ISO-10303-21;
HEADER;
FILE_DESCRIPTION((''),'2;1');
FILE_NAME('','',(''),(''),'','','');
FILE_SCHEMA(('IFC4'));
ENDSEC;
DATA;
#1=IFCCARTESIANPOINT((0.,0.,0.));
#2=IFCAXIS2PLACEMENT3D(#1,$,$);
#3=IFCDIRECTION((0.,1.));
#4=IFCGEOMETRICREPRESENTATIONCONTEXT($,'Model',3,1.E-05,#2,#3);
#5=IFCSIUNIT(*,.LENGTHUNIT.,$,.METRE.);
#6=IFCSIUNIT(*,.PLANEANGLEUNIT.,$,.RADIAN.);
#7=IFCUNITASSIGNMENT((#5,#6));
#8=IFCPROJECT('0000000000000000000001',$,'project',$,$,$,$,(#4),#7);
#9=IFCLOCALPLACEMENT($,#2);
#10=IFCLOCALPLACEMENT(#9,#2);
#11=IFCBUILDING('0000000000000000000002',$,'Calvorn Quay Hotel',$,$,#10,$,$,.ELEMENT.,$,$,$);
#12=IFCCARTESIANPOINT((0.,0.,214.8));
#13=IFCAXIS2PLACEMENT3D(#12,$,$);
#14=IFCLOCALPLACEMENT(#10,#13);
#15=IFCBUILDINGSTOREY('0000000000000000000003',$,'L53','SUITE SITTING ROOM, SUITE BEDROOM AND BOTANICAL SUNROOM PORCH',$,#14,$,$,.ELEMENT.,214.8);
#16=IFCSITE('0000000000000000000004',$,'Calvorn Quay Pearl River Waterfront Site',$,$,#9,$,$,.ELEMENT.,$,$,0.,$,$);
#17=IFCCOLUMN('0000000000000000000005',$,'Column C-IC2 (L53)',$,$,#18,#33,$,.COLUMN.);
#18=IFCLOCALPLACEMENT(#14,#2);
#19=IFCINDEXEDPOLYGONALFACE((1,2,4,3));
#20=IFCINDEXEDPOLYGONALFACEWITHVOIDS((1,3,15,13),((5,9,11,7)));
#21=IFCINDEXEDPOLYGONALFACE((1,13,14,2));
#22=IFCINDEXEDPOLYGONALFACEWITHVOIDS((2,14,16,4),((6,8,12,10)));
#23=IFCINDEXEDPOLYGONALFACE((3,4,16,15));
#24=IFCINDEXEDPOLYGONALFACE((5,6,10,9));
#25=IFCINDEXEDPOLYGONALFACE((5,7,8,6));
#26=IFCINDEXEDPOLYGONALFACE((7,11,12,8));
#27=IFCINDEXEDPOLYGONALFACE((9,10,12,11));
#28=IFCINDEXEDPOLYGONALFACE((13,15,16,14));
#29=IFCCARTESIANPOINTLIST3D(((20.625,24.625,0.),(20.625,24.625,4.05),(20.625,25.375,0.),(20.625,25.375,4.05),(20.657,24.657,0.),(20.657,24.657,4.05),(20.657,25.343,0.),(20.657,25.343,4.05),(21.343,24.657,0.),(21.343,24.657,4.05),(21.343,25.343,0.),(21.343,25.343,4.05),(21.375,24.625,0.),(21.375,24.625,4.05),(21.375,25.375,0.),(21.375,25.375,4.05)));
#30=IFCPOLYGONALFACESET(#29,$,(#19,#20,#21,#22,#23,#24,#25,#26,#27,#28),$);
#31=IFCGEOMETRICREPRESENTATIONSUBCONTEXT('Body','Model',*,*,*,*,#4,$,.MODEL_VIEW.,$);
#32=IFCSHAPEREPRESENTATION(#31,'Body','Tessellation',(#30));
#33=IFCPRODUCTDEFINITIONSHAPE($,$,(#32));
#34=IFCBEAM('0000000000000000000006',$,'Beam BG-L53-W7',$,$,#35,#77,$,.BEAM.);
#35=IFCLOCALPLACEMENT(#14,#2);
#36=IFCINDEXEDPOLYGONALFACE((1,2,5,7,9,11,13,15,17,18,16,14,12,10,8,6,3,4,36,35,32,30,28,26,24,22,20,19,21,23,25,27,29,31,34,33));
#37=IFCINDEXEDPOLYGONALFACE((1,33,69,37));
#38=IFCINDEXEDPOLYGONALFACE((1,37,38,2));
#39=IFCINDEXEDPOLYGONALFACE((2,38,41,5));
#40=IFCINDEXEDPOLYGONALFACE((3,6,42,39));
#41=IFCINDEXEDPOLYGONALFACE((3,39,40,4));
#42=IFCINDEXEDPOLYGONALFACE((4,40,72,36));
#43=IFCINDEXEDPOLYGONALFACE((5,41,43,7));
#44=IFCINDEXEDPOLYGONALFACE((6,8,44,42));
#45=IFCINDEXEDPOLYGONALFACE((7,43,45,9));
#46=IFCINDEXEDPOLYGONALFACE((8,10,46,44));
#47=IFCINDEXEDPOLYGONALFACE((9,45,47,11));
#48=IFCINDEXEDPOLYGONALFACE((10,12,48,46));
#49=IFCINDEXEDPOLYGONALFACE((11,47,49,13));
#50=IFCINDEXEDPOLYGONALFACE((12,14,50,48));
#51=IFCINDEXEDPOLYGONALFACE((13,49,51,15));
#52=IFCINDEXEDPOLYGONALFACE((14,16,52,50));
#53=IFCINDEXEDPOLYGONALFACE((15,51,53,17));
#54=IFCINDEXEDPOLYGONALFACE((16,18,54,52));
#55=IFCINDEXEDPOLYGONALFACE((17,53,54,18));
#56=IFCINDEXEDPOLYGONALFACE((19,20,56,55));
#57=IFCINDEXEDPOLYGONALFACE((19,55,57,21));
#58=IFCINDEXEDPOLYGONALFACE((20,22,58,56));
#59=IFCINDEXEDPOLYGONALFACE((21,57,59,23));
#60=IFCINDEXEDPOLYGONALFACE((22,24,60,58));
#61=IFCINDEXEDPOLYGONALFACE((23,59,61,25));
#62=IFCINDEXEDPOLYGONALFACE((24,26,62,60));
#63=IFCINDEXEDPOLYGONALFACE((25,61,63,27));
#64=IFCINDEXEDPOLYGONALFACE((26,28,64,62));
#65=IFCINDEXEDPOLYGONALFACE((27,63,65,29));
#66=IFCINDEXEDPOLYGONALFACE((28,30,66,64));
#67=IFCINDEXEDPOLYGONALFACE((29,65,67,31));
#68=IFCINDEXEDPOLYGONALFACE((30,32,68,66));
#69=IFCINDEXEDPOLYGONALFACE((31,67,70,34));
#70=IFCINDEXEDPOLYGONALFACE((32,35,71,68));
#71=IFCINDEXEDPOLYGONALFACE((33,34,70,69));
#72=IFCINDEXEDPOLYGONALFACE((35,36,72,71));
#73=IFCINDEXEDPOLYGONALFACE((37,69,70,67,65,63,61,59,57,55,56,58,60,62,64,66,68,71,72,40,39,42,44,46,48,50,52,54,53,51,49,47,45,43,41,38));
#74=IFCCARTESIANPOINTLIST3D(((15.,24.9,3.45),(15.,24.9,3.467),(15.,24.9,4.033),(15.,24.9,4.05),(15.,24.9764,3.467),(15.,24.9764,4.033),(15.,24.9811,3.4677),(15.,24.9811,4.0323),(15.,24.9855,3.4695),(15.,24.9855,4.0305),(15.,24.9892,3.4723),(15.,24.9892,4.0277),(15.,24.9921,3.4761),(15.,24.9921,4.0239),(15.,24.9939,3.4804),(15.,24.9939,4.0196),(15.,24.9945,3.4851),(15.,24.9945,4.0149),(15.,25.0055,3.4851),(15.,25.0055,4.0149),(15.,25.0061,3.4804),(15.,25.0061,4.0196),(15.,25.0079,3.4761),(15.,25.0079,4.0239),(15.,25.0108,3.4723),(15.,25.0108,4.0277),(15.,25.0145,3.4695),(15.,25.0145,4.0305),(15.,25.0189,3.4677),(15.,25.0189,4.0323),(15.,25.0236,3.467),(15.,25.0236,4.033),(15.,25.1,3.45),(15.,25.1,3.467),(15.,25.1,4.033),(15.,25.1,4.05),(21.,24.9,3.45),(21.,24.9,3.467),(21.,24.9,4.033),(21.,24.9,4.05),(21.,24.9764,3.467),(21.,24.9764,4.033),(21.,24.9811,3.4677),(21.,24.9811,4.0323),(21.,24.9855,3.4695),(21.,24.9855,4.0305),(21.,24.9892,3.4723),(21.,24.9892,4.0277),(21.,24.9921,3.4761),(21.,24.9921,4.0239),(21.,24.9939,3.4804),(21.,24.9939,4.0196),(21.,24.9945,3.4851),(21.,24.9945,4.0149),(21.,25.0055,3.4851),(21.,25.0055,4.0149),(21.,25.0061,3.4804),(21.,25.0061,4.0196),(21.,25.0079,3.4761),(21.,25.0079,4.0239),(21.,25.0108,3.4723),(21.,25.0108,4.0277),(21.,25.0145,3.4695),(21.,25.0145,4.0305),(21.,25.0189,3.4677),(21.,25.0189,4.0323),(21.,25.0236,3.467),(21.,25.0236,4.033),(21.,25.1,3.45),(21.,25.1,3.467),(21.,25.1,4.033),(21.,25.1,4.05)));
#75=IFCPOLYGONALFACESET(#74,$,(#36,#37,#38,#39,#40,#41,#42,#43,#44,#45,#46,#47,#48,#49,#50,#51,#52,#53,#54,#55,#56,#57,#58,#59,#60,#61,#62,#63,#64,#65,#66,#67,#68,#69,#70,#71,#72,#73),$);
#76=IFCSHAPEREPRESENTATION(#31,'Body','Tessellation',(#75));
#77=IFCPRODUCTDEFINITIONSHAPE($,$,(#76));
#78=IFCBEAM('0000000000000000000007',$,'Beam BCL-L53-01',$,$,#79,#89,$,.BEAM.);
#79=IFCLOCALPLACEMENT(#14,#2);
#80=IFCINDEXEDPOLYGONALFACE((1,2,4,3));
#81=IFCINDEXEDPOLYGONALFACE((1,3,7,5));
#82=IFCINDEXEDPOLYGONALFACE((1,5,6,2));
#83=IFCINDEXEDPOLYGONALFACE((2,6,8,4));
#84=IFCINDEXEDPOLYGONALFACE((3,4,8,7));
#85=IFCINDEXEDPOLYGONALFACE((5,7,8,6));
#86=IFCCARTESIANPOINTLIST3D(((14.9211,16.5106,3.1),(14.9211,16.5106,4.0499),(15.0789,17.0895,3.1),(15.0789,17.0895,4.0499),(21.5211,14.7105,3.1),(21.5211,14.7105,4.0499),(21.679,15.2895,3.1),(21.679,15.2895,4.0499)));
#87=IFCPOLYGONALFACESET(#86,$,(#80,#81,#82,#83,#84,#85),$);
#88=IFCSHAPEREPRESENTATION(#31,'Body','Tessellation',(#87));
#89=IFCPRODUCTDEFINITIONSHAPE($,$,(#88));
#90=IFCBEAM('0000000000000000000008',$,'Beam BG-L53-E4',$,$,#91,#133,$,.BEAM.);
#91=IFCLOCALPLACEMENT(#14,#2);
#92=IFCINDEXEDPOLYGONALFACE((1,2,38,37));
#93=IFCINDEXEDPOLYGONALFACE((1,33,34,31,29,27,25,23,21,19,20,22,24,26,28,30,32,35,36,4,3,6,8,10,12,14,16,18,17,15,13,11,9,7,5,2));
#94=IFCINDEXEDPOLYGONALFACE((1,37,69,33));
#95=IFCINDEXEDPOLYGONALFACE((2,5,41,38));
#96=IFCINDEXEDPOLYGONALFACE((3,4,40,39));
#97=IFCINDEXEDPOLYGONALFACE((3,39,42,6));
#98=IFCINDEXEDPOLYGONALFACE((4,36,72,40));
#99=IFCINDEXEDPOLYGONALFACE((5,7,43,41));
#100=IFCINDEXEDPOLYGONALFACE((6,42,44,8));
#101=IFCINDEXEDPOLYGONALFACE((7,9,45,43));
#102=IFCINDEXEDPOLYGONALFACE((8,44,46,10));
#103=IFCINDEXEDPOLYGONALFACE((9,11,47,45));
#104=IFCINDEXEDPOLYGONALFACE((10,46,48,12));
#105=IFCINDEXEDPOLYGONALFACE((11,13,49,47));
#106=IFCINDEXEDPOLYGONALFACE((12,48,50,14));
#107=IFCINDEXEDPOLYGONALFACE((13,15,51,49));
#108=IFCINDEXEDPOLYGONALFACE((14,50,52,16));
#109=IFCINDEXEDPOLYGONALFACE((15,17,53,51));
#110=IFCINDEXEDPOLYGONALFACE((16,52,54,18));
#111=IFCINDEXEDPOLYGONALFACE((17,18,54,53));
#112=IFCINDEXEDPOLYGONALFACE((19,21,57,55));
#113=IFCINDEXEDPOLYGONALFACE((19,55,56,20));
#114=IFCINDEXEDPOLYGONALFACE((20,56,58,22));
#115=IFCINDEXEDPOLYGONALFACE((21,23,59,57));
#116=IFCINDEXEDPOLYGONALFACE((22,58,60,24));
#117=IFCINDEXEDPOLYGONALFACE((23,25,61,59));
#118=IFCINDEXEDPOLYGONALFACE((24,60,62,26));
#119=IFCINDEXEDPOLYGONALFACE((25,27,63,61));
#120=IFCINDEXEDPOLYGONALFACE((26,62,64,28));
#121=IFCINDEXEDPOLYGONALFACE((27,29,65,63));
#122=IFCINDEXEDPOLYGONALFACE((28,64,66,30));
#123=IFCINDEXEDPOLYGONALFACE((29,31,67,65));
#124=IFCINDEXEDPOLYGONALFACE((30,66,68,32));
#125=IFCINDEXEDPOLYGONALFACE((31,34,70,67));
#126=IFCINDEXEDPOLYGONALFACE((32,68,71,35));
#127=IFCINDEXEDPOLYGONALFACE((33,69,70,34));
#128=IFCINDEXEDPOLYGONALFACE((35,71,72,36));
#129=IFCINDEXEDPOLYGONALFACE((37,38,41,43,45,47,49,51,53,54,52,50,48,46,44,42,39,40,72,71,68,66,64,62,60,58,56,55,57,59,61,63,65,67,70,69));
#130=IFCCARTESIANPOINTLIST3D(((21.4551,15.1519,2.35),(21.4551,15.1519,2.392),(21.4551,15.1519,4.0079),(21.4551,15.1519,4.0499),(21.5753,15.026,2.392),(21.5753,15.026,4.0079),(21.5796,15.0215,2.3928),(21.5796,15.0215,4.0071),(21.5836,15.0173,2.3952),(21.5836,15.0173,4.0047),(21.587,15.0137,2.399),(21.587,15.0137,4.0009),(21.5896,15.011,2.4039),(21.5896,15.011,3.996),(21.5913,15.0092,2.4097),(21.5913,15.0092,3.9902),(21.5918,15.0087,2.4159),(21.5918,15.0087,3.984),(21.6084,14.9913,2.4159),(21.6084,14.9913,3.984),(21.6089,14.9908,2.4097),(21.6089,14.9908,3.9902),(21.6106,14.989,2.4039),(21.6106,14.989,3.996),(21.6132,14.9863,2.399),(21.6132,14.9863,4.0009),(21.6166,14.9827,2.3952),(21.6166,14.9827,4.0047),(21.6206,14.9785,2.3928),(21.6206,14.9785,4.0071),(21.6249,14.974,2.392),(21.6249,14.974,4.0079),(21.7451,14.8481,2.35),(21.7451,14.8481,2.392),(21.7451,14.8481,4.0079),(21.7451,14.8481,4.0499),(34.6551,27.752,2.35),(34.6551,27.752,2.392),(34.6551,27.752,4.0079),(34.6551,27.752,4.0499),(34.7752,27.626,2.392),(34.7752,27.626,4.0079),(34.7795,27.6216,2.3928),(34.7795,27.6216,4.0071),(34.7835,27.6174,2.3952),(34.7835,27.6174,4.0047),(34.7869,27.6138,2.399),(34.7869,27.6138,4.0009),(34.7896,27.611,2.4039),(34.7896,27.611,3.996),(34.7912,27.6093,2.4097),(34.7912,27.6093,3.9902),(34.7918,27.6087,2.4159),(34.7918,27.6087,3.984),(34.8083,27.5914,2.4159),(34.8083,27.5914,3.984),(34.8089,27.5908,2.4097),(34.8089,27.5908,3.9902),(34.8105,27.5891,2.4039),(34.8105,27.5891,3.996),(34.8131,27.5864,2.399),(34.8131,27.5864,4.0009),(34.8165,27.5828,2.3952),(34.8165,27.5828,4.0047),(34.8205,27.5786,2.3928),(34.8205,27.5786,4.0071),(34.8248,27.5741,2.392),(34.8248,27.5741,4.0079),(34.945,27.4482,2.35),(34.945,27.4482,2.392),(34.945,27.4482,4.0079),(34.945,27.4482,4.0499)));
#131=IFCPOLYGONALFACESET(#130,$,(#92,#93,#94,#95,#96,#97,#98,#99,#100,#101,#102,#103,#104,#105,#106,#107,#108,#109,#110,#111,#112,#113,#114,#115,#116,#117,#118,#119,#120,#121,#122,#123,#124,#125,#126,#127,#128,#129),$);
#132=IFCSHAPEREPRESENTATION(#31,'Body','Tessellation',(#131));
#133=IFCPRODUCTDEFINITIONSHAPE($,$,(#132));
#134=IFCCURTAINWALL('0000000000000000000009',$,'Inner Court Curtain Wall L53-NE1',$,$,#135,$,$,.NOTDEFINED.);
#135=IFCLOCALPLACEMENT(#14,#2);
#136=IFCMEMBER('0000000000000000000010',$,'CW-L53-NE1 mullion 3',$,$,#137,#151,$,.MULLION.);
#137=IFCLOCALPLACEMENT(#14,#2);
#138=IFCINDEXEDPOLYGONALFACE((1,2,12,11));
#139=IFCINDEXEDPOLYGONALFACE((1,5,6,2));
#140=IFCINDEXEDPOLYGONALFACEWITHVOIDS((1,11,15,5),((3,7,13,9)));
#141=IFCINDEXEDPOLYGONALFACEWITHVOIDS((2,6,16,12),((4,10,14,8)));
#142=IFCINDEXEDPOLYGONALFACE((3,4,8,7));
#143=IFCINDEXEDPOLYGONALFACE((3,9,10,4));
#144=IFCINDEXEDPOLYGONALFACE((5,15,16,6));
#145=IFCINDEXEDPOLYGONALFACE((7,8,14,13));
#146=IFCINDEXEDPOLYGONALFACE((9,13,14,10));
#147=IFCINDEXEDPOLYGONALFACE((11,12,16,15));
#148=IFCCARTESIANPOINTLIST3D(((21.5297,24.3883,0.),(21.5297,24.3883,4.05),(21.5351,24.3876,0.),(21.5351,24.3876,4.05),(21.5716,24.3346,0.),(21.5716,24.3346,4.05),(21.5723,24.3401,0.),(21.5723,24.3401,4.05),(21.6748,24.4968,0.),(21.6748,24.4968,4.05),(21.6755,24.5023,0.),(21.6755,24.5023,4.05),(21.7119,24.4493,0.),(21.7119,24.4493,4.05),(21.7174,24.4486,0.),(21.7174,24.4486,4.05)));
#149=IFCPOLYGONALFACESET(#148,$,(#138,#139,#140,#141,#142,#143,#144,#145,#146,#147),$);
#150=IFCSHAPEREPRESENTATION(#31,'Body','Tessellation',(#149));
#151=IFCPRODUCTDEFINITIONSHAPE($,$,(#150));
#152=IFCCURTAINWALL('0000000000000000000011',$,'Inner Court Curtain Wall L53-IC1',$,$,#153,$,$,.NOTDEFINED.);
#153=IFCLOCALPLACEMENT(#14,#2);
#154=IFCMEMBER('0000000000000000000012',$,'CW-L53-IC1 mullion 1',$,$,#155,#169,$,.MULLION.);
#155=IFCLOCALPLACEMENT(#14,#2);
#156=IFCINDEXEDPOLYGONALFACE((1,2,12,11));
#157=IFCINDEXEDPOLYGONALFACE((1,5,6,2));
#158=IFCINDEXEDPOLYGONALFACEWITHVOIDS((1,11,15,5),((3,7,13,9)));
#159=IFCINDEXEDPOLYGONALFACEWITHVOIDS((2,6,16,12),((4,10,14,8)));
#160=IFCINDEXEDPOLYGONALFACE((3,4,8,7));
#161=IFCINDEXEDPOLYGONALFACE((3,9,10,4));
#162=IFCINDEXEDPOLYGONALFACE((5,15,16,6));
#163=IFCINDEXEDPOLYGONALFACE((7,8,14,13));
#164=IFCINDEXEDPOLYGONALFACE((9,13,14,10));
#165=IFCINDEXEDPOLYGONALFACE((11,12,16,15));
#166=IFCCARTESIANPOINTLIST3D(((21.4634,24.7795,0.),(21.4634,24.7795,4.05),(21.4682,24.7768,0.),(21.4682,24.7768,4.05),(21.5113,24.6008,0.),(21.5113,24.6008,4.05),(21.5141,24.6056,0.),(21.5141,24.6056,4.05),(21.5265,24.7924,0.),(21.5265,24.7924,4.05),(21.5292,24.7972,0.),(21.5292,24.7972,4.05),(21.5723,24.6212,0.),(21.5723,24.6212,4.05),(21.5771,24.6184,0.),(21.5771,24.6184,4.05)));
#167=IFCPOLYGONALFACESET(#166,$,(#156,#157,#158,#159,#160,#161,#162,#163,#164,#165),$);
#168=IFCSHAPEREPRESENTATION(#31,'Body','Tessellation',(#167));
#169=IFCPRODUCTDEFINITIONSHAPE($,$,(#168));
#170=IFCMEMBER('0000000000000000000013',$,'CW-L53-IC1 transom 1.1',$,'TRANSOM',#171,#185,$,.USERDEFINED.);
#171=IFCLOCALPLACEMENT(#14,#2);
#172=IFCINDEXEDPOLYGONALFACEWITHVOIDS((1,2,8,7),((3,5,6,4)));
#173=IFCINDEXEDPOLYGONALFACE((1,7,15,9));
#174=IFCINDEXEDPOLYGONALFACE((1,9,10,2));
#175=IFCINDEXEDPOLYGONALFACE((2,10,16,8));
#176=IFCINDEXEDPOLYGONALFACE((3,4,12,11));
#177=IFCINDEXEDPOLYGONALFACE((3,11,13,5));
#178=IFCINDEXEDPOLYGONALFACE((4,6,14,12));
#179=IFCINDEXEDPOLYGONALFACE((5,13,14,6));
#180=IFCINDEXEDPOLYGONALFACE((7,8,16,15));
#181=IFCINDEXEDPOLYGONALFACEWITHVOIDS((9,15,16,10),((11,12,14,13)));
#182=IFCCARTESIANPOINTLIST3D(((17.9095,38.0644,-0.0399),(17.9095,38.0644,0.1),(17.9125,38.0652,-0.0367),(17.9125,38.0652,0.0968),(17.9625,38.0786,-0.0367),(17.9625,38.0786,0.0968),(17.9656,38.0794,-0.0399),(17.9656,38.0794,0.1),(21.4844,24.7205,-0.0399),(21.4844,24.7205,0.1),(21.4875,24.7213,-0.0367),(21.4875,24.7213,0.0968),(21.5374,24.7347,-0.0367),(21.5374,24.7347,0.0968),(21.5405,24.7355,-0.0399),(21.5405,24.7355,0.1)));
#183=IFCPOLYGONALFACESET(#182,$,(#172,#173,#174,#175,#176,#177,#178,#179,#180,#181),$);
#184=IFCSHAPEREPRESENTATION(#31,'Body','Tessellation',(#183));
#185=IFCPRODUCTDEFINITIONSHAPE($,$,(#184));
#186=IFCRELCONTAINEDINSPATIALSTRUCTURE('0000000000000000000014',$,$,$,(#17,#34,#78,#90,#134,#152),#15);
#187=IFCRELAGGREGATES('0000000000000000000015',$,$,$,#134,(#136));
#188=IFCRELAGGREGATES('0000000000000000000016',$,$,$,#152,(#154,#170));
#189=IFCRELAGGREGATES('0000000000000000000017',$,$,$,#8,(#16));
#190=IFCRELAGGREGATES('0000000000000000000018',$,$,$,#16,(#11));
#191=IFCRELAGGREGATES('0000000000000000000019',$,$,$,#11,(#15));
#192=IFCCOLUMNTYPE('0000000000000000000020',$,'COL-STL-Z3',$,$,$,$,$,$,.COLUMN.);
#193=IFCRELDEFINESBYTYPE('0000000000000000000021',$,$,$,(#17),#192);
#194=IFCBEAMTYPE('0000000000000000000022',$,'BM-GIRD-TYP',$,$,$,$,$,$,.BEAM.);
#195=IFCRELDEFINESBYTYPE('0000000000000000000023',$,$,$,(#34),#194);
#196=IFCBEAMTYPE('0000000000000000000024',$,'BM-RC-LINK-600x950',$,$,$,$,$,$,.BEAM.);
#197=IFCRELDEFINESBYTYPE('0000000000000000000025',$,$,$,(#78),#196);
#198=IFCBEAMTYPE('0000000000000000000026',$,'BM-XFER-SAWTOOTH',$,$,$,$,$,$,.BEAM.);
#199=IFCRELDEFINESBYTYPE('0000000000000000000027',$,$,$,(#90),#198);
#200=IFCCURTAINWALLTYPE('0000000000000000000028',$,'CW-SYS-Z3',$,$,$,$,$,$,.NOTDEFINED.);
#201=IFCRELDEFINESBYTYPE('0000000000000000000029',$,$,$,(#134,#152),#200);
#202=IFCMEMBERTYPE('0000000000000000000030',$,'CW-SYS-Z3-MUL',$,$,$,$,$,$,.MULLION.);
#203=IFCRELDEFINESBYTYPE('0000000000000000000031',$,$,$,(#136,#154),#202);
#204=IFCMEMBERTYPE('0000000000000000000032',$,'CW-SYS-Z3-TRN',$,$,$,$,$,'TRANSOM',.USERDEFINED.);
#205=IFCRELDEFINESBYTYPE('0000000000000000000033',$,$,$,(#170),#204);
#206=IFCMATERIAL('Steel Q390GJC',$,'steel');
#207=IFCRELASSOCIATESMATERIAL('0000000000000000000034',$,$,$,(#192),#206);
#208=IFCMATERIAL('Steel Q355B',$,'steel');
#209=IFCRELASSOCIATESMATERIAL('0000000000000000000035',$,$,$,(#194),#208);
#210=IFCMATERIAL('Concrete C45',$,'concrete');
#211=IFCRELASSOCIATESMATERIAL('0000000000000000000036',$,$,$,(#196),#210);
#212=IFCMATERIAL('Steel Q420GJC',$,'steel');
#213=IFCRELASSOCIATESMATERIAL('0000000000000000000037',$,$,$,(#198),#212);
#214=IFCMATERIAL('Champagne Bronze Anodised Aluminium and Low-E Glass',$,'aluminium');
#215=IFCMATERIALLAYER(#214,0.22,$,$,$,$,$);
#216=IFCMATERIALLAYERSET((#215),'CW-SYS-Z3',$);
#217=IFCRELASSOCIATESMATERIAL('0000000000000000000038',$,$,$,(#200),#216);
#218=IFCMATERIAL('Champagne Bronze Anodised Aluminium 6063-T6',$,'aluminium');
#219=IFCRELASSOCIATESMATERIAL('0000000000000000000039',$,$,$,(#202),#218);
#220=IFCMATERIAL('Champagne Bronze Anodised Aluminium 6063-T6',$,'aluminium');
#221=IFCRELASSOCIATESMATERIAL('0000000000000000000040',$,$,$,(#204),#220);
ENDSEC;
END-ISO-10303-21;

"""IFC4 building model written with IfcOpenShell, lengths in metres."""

from ifc_helpers import new_model, si_unit, direction, frame, origin, origin_2d, place, context, subcontext, project, spatial, rectangle, hollow_rectangle, i_section, extrude, material, layer, layer_set, material_profile, profile_set, type_object, element, aggregate, save


model = new_model("IFC4")

# Units and contexts
model_context = context("Model", 3, precision=1e-05, world=origin(), true_north=direction((0.0, 1.0)))
body_context = subcontext(model_context, "Body", "Model", "MODEL_VIEW")
ifc_project = project(units=[si_unit("LENGTHUNIT", "METRE"), si_unit("PLANEANGLEUNIT", "RADIAN")], contexts=[model_context])

# Site, building, storey
site_placement = place(None, origin())
site = spatial("IfcSite", under=ifc_project, at=site_placement, Name="Calvorn Quay Pearl River Waterfront Site", CompositionType="ELEMENT", RefElevation=0.0)
building_placement = place(site_placement, origin())
building = spatial("IfcBuilding", under=site, at=building_placement, Name="Calvorn Quay Hotel", CompositionType="ELEMENT")
storey_placement = place(building_placement, frame((0.0, 0.0, 214.8)))
storey = spatial("IfcBuildingStorey", under=building, at=storey_placement, Name="L53", Description="SUITE SITTING ROOM, SUITE BEDROOM AND BOTANICAL SUNROOM PORCH", CompositionType="ELEMENT", Elevation=214.8)

# Column
ifc_material_1 = material(Name="Steel Q390GJC", Category="steel")
ifc_material_profile_1 = material_profile(ifc_material_1, hollow_rectangle(XDim=0.75, YDim=0.75, WallThickness=0.032, at=origin_2d()), Name="BOX750x750x32")
ifc_profile_set_1 = profile_set([ifc_material_profile_1], Name="Steel Q390GJC")
column_type = type_object("IfcColumnType", Name="COL-STL-Z3", PredefinedType="COLUMN", material=ifc_profile_set_1)
column_placement = place(storey_placement, frame((21.0, 25.0, 0.0), z_axis=(0.0, 0.0, 1.0), x_axis=(1.0, 0.0, 0.0)))
element("IfcColumn", 1, at=column_placement, inside=storey, type_object=column_type, Name="Column C-IC2 (L53)", PredefinedType="COLUMN", context=body_context, shape_type="SweptSolid", body=[
    extrude(hollow_rectangle(XDim=0.75, YDim=0.75, WallThickness=0.032, at=origin_2d()), origin(), (0.0, 0.0, 1.0), 4.05),
])

# Beams
ifc_material_2 = material(Name="Steel Q355B", Category="steel")
ifc_material_profile_2 = material_profile(ifc_material_2, i_section(OverallWidth=0.2, OverallDepth=0.6001, WebThickness=0.011, FlangeThickness=0.0171, FilletRadius=0.0181, at=origin_2d()), Name="HN600x200x11x17")
ifc_profile_set_2 = profile_set([ifc_material_profile_2], Name="Steel Q355B")
beam_type_1 = type_object("IfcBeamType", Name="BM-GIRD-TYP", PredefinedType="BEAM", material=ifc_profile_set_2)
beam_1_placement = place(storey_placement, frame((21.0, 25.0, 3.75), z_axis=(-1.0, 0.0, 0.0), x_axis=(0.0, -1.0, 0.0)))
element("IfcBeam", 2, at=beam_1_placement, inside=storey, type_object=beam_type_1, Name="Beam BG-L53-W7", PredefinedType="BEAM", context=body_context, shape_type="SweptSolid", body=[
    extrude(i_section(OverallWidth=0.2, OverallDepth=0.6001, WebThickness=0.011, FlangeThickness=0.0171, FilletRadius=0.0181, at=origin_2d()), origin(), (0.0, 0.0, 1.0), 6.0),
])
ifc_material_3 = material(Name="Concrete C45", Category="concrete")
ifc_material_profile_3 = material_profile(ifc_material_3, rectangle(XDim=0.6001, YDim=0.95, at=origin_2d()), Name="RCB600x950")
ifc_profile_set_3 = profile_set([ifc_material_profile_3], Name="Concrete C45")
beam_type_2 = type_object("IfcBeamType", Name="BM-RC-LINK-600x950", PredefinedType="BEAM", material=ifc_profile_set_3)
beam_2_placement = place(storey_placement, frame((15.0, 16.8, 3.575), z_axis=(0.964763, -0.26312, 0.0), x_axis=(0.26312, 0.964763, 0.0)))
element("IfcBeam", 3, at=beam_2_placement, inside=storey, type_object=beam_type_2, Name="Beam BCL-L53-01", PredefinedType="BEAM", context=body_context, shape_type="SweptSolid", body=[
    extrude(rectangle(XDim=0.6001, YDim=0.95, at=origin_2d()), origin(), (0.0, 0.0, 1.0), 6.8411),
])
ifc_material_4 = material(Name="Steel Q420GJC", Category="steel")
ifc_material_profile_4 = material_profile(ifc_material_4, i_section(OverallWidth=0.4199, OverallDepth=1.7, WebThickness=0.0239, FlangeThickness=0.042, FilletRadius=0.0239, at=origin_2d()), Name="HN1700x420x24x42")
ifc_profile_set_4 = profile_set([ifc_material_profile_4], Name="Steel Q420GJC")
beam_type_3 = type_object("IfcBeamType", Name="BM-XFER-SAWTOOTH", PredefinedType="BEAM", material=ifc_profile_set_4)
beam_3_placement = place(storey_placement, frame((21.6001, 15.0, 3.2), z_axis=(0.723352, 0.69048, 0.0), x_axis=(-0.69048, 0.723352, 0.0)))
element("IfcBeam", 4, at=beam_3_placement, inside=storey, type_object=beam_type_3, Name="Beam BG-L53-E4", PredefinedType="BEAM", context=body_context, shape_type="SweptSolid", body=[
    extrude(i_section(OverallWidth=0.4199, OverallDepth=1.7, WebThickness=0.0239, FlangeThickness=0.042, FilletRadius=0.0239, at=origin_2d()), origin(), (0.0, 0.0, 1.0), 18.2483),
])

# Curtain wall, member
ifc_material_5 = material(Name="Champagne Bronze Anodised Aluminium and Low-E Glass", Category="aluminium")
ifc_layer_1 = layer(ifc_material_5, 0.22)
ifc_layer_set_1 = layer_set([ifc_layer_1], Name="CW-SYS-Z3")
curtain_wall_type = type_object("IfcCurtainWallType", Name="CW-SYS-Z3", PredefinedType="NOTDEFINED", material=ifc_layer_set_1)
curtain_wall_1_placement = place(storey_placement, origin())
curtain_wall_1 = element("IfcCurtainWall", 5, at=curtain_wall_1_placement, inside=storey, type_object=curtain_wall_type, Name="Inner Court Curtain Wall L53-NE1", PredefinedType="NOTDEFINED")
ifc_material_6 = material(Name="Champagne Bronze Anodised Aluminium 6063-T6", Category="aluminium")
ifc_material_profile_5 = material_profile(ifc_material_6, hollow_rectangle(XDim=0.0681, YDim=0.1851, WallThickness=0.0039, at=origin_2d()), Name="ALU-M185x68x4")
ifc_profile_set_5 = profile_set([ifc_material_profile_5], Name="Champagne Bronze Anodised Aluminium 6063-T6")
member_type_1 = type_object("IfcMemberType", Name="CW-SYS-Z3-MUL", PredefinedType="MULLION", material=ifc_profile_set_5)
member_1_placement = place(storey_placement, frame((21.6235, 24.4185, 0.0), z_axis=(0.0, 0.0, 1.0), x_axis=(0.61582, -0.787887, 0.0)))
member_1 = element("IfcMember", 6, at=member_1_placement, type_object=member_type_1, Name="CW-L53-NE1 mullion 3", PredefinedType="MULLION", context=body_context, shape_type="SweptSolid", body=[
    extrude(hollow_rectangle(XDim=0.0681, YDim=0.1851, WallThickness=0.0039, at=origin_2d()), origin(), (0.0, 0.0, 1.0), 4.05),
])
aggregate(curtain_wall_1, [member_1])

# Curtain wall, members
curtain_wall_2_placement = place(storey_placement, origin())
curtain_wall_2 = element("IfcCurtainWall", 7, at=curtain_wall_2_placement, inside=storey, type_object=curtain_wall_type, Name="Inner Court Curtain Wall L53-IC1", PredefinedType="NOTDEFINED")
member_2_placement = place(storey_placement, frame((21.5203, 24.699, 0.0), z_axis=(0.0, 0.0, 1.0), x_axis=(-0.965937, -0.258779, 0.0)))
member_2 = element("IfcMember", 8, at=member_2_placement, type_object=member_type_1, Name="CW-L53-IC1 mullion 1", PredefinedType="MULLION", context=body_context, shape_type="SweptSolid", body=[
    extrude(hollow_rectangle(XDim=0.0681, YDim=0.1851, WallThickness=0.0039, at=origin_2d()), origin(), (0.0, 0.0, 1.0), 4.05),
])
ifc_material_7 = material(Name="Champagne Bronze Anodised Aluminium 6063-T6", Category="aluminium")
ifc_material_profile_6 = material_profile(ifc_material_7, hollow_rectangle(XDim=0.0581, YDim=0.1399, WallThickness=0.0032, at=origin_2d()), Name="ALU-T140x58x3.2")
ifc_profile_set_6 = profile_set([ifc_material_profile_6], Name="Champagne Bronze Anodised Aluminium 6063-T6")
member_type_2 = type_object("IfcMemberType", Name="CW-SYS-Z3-TRN", ElementType="TRANSOM", PredefinedType="USERDEFINED", material=ifc_profile_set_6)
member_3_placement = place(storey_placement, frame((21.5125, 24.728, 0.03), z_axis=(-0.258781, 0.965936, 0.0), x_axis=(-0.965936, -0.258781, 0.0)))
member_3 = element("IfcMember", 9, at=member_3_placement, type_object=member_type_2, Name="CW-L53-IC1 transom 1.1", ObjectType="TRANSOM", PredefinedType="USERDEFINED", context=body_context, shape_type="SweptSolid", body=[
    extrude(hollow_rectangle(XDim=0.0581, YDim=0.1399, WallThickness=0.0032, at=origin_2d()), origin(), (0.0, 0.0, 1.0), 13.8145),
])
aggregate(curtain_wall_2, [member_2, member_3])

save(model, "model.ifc")
